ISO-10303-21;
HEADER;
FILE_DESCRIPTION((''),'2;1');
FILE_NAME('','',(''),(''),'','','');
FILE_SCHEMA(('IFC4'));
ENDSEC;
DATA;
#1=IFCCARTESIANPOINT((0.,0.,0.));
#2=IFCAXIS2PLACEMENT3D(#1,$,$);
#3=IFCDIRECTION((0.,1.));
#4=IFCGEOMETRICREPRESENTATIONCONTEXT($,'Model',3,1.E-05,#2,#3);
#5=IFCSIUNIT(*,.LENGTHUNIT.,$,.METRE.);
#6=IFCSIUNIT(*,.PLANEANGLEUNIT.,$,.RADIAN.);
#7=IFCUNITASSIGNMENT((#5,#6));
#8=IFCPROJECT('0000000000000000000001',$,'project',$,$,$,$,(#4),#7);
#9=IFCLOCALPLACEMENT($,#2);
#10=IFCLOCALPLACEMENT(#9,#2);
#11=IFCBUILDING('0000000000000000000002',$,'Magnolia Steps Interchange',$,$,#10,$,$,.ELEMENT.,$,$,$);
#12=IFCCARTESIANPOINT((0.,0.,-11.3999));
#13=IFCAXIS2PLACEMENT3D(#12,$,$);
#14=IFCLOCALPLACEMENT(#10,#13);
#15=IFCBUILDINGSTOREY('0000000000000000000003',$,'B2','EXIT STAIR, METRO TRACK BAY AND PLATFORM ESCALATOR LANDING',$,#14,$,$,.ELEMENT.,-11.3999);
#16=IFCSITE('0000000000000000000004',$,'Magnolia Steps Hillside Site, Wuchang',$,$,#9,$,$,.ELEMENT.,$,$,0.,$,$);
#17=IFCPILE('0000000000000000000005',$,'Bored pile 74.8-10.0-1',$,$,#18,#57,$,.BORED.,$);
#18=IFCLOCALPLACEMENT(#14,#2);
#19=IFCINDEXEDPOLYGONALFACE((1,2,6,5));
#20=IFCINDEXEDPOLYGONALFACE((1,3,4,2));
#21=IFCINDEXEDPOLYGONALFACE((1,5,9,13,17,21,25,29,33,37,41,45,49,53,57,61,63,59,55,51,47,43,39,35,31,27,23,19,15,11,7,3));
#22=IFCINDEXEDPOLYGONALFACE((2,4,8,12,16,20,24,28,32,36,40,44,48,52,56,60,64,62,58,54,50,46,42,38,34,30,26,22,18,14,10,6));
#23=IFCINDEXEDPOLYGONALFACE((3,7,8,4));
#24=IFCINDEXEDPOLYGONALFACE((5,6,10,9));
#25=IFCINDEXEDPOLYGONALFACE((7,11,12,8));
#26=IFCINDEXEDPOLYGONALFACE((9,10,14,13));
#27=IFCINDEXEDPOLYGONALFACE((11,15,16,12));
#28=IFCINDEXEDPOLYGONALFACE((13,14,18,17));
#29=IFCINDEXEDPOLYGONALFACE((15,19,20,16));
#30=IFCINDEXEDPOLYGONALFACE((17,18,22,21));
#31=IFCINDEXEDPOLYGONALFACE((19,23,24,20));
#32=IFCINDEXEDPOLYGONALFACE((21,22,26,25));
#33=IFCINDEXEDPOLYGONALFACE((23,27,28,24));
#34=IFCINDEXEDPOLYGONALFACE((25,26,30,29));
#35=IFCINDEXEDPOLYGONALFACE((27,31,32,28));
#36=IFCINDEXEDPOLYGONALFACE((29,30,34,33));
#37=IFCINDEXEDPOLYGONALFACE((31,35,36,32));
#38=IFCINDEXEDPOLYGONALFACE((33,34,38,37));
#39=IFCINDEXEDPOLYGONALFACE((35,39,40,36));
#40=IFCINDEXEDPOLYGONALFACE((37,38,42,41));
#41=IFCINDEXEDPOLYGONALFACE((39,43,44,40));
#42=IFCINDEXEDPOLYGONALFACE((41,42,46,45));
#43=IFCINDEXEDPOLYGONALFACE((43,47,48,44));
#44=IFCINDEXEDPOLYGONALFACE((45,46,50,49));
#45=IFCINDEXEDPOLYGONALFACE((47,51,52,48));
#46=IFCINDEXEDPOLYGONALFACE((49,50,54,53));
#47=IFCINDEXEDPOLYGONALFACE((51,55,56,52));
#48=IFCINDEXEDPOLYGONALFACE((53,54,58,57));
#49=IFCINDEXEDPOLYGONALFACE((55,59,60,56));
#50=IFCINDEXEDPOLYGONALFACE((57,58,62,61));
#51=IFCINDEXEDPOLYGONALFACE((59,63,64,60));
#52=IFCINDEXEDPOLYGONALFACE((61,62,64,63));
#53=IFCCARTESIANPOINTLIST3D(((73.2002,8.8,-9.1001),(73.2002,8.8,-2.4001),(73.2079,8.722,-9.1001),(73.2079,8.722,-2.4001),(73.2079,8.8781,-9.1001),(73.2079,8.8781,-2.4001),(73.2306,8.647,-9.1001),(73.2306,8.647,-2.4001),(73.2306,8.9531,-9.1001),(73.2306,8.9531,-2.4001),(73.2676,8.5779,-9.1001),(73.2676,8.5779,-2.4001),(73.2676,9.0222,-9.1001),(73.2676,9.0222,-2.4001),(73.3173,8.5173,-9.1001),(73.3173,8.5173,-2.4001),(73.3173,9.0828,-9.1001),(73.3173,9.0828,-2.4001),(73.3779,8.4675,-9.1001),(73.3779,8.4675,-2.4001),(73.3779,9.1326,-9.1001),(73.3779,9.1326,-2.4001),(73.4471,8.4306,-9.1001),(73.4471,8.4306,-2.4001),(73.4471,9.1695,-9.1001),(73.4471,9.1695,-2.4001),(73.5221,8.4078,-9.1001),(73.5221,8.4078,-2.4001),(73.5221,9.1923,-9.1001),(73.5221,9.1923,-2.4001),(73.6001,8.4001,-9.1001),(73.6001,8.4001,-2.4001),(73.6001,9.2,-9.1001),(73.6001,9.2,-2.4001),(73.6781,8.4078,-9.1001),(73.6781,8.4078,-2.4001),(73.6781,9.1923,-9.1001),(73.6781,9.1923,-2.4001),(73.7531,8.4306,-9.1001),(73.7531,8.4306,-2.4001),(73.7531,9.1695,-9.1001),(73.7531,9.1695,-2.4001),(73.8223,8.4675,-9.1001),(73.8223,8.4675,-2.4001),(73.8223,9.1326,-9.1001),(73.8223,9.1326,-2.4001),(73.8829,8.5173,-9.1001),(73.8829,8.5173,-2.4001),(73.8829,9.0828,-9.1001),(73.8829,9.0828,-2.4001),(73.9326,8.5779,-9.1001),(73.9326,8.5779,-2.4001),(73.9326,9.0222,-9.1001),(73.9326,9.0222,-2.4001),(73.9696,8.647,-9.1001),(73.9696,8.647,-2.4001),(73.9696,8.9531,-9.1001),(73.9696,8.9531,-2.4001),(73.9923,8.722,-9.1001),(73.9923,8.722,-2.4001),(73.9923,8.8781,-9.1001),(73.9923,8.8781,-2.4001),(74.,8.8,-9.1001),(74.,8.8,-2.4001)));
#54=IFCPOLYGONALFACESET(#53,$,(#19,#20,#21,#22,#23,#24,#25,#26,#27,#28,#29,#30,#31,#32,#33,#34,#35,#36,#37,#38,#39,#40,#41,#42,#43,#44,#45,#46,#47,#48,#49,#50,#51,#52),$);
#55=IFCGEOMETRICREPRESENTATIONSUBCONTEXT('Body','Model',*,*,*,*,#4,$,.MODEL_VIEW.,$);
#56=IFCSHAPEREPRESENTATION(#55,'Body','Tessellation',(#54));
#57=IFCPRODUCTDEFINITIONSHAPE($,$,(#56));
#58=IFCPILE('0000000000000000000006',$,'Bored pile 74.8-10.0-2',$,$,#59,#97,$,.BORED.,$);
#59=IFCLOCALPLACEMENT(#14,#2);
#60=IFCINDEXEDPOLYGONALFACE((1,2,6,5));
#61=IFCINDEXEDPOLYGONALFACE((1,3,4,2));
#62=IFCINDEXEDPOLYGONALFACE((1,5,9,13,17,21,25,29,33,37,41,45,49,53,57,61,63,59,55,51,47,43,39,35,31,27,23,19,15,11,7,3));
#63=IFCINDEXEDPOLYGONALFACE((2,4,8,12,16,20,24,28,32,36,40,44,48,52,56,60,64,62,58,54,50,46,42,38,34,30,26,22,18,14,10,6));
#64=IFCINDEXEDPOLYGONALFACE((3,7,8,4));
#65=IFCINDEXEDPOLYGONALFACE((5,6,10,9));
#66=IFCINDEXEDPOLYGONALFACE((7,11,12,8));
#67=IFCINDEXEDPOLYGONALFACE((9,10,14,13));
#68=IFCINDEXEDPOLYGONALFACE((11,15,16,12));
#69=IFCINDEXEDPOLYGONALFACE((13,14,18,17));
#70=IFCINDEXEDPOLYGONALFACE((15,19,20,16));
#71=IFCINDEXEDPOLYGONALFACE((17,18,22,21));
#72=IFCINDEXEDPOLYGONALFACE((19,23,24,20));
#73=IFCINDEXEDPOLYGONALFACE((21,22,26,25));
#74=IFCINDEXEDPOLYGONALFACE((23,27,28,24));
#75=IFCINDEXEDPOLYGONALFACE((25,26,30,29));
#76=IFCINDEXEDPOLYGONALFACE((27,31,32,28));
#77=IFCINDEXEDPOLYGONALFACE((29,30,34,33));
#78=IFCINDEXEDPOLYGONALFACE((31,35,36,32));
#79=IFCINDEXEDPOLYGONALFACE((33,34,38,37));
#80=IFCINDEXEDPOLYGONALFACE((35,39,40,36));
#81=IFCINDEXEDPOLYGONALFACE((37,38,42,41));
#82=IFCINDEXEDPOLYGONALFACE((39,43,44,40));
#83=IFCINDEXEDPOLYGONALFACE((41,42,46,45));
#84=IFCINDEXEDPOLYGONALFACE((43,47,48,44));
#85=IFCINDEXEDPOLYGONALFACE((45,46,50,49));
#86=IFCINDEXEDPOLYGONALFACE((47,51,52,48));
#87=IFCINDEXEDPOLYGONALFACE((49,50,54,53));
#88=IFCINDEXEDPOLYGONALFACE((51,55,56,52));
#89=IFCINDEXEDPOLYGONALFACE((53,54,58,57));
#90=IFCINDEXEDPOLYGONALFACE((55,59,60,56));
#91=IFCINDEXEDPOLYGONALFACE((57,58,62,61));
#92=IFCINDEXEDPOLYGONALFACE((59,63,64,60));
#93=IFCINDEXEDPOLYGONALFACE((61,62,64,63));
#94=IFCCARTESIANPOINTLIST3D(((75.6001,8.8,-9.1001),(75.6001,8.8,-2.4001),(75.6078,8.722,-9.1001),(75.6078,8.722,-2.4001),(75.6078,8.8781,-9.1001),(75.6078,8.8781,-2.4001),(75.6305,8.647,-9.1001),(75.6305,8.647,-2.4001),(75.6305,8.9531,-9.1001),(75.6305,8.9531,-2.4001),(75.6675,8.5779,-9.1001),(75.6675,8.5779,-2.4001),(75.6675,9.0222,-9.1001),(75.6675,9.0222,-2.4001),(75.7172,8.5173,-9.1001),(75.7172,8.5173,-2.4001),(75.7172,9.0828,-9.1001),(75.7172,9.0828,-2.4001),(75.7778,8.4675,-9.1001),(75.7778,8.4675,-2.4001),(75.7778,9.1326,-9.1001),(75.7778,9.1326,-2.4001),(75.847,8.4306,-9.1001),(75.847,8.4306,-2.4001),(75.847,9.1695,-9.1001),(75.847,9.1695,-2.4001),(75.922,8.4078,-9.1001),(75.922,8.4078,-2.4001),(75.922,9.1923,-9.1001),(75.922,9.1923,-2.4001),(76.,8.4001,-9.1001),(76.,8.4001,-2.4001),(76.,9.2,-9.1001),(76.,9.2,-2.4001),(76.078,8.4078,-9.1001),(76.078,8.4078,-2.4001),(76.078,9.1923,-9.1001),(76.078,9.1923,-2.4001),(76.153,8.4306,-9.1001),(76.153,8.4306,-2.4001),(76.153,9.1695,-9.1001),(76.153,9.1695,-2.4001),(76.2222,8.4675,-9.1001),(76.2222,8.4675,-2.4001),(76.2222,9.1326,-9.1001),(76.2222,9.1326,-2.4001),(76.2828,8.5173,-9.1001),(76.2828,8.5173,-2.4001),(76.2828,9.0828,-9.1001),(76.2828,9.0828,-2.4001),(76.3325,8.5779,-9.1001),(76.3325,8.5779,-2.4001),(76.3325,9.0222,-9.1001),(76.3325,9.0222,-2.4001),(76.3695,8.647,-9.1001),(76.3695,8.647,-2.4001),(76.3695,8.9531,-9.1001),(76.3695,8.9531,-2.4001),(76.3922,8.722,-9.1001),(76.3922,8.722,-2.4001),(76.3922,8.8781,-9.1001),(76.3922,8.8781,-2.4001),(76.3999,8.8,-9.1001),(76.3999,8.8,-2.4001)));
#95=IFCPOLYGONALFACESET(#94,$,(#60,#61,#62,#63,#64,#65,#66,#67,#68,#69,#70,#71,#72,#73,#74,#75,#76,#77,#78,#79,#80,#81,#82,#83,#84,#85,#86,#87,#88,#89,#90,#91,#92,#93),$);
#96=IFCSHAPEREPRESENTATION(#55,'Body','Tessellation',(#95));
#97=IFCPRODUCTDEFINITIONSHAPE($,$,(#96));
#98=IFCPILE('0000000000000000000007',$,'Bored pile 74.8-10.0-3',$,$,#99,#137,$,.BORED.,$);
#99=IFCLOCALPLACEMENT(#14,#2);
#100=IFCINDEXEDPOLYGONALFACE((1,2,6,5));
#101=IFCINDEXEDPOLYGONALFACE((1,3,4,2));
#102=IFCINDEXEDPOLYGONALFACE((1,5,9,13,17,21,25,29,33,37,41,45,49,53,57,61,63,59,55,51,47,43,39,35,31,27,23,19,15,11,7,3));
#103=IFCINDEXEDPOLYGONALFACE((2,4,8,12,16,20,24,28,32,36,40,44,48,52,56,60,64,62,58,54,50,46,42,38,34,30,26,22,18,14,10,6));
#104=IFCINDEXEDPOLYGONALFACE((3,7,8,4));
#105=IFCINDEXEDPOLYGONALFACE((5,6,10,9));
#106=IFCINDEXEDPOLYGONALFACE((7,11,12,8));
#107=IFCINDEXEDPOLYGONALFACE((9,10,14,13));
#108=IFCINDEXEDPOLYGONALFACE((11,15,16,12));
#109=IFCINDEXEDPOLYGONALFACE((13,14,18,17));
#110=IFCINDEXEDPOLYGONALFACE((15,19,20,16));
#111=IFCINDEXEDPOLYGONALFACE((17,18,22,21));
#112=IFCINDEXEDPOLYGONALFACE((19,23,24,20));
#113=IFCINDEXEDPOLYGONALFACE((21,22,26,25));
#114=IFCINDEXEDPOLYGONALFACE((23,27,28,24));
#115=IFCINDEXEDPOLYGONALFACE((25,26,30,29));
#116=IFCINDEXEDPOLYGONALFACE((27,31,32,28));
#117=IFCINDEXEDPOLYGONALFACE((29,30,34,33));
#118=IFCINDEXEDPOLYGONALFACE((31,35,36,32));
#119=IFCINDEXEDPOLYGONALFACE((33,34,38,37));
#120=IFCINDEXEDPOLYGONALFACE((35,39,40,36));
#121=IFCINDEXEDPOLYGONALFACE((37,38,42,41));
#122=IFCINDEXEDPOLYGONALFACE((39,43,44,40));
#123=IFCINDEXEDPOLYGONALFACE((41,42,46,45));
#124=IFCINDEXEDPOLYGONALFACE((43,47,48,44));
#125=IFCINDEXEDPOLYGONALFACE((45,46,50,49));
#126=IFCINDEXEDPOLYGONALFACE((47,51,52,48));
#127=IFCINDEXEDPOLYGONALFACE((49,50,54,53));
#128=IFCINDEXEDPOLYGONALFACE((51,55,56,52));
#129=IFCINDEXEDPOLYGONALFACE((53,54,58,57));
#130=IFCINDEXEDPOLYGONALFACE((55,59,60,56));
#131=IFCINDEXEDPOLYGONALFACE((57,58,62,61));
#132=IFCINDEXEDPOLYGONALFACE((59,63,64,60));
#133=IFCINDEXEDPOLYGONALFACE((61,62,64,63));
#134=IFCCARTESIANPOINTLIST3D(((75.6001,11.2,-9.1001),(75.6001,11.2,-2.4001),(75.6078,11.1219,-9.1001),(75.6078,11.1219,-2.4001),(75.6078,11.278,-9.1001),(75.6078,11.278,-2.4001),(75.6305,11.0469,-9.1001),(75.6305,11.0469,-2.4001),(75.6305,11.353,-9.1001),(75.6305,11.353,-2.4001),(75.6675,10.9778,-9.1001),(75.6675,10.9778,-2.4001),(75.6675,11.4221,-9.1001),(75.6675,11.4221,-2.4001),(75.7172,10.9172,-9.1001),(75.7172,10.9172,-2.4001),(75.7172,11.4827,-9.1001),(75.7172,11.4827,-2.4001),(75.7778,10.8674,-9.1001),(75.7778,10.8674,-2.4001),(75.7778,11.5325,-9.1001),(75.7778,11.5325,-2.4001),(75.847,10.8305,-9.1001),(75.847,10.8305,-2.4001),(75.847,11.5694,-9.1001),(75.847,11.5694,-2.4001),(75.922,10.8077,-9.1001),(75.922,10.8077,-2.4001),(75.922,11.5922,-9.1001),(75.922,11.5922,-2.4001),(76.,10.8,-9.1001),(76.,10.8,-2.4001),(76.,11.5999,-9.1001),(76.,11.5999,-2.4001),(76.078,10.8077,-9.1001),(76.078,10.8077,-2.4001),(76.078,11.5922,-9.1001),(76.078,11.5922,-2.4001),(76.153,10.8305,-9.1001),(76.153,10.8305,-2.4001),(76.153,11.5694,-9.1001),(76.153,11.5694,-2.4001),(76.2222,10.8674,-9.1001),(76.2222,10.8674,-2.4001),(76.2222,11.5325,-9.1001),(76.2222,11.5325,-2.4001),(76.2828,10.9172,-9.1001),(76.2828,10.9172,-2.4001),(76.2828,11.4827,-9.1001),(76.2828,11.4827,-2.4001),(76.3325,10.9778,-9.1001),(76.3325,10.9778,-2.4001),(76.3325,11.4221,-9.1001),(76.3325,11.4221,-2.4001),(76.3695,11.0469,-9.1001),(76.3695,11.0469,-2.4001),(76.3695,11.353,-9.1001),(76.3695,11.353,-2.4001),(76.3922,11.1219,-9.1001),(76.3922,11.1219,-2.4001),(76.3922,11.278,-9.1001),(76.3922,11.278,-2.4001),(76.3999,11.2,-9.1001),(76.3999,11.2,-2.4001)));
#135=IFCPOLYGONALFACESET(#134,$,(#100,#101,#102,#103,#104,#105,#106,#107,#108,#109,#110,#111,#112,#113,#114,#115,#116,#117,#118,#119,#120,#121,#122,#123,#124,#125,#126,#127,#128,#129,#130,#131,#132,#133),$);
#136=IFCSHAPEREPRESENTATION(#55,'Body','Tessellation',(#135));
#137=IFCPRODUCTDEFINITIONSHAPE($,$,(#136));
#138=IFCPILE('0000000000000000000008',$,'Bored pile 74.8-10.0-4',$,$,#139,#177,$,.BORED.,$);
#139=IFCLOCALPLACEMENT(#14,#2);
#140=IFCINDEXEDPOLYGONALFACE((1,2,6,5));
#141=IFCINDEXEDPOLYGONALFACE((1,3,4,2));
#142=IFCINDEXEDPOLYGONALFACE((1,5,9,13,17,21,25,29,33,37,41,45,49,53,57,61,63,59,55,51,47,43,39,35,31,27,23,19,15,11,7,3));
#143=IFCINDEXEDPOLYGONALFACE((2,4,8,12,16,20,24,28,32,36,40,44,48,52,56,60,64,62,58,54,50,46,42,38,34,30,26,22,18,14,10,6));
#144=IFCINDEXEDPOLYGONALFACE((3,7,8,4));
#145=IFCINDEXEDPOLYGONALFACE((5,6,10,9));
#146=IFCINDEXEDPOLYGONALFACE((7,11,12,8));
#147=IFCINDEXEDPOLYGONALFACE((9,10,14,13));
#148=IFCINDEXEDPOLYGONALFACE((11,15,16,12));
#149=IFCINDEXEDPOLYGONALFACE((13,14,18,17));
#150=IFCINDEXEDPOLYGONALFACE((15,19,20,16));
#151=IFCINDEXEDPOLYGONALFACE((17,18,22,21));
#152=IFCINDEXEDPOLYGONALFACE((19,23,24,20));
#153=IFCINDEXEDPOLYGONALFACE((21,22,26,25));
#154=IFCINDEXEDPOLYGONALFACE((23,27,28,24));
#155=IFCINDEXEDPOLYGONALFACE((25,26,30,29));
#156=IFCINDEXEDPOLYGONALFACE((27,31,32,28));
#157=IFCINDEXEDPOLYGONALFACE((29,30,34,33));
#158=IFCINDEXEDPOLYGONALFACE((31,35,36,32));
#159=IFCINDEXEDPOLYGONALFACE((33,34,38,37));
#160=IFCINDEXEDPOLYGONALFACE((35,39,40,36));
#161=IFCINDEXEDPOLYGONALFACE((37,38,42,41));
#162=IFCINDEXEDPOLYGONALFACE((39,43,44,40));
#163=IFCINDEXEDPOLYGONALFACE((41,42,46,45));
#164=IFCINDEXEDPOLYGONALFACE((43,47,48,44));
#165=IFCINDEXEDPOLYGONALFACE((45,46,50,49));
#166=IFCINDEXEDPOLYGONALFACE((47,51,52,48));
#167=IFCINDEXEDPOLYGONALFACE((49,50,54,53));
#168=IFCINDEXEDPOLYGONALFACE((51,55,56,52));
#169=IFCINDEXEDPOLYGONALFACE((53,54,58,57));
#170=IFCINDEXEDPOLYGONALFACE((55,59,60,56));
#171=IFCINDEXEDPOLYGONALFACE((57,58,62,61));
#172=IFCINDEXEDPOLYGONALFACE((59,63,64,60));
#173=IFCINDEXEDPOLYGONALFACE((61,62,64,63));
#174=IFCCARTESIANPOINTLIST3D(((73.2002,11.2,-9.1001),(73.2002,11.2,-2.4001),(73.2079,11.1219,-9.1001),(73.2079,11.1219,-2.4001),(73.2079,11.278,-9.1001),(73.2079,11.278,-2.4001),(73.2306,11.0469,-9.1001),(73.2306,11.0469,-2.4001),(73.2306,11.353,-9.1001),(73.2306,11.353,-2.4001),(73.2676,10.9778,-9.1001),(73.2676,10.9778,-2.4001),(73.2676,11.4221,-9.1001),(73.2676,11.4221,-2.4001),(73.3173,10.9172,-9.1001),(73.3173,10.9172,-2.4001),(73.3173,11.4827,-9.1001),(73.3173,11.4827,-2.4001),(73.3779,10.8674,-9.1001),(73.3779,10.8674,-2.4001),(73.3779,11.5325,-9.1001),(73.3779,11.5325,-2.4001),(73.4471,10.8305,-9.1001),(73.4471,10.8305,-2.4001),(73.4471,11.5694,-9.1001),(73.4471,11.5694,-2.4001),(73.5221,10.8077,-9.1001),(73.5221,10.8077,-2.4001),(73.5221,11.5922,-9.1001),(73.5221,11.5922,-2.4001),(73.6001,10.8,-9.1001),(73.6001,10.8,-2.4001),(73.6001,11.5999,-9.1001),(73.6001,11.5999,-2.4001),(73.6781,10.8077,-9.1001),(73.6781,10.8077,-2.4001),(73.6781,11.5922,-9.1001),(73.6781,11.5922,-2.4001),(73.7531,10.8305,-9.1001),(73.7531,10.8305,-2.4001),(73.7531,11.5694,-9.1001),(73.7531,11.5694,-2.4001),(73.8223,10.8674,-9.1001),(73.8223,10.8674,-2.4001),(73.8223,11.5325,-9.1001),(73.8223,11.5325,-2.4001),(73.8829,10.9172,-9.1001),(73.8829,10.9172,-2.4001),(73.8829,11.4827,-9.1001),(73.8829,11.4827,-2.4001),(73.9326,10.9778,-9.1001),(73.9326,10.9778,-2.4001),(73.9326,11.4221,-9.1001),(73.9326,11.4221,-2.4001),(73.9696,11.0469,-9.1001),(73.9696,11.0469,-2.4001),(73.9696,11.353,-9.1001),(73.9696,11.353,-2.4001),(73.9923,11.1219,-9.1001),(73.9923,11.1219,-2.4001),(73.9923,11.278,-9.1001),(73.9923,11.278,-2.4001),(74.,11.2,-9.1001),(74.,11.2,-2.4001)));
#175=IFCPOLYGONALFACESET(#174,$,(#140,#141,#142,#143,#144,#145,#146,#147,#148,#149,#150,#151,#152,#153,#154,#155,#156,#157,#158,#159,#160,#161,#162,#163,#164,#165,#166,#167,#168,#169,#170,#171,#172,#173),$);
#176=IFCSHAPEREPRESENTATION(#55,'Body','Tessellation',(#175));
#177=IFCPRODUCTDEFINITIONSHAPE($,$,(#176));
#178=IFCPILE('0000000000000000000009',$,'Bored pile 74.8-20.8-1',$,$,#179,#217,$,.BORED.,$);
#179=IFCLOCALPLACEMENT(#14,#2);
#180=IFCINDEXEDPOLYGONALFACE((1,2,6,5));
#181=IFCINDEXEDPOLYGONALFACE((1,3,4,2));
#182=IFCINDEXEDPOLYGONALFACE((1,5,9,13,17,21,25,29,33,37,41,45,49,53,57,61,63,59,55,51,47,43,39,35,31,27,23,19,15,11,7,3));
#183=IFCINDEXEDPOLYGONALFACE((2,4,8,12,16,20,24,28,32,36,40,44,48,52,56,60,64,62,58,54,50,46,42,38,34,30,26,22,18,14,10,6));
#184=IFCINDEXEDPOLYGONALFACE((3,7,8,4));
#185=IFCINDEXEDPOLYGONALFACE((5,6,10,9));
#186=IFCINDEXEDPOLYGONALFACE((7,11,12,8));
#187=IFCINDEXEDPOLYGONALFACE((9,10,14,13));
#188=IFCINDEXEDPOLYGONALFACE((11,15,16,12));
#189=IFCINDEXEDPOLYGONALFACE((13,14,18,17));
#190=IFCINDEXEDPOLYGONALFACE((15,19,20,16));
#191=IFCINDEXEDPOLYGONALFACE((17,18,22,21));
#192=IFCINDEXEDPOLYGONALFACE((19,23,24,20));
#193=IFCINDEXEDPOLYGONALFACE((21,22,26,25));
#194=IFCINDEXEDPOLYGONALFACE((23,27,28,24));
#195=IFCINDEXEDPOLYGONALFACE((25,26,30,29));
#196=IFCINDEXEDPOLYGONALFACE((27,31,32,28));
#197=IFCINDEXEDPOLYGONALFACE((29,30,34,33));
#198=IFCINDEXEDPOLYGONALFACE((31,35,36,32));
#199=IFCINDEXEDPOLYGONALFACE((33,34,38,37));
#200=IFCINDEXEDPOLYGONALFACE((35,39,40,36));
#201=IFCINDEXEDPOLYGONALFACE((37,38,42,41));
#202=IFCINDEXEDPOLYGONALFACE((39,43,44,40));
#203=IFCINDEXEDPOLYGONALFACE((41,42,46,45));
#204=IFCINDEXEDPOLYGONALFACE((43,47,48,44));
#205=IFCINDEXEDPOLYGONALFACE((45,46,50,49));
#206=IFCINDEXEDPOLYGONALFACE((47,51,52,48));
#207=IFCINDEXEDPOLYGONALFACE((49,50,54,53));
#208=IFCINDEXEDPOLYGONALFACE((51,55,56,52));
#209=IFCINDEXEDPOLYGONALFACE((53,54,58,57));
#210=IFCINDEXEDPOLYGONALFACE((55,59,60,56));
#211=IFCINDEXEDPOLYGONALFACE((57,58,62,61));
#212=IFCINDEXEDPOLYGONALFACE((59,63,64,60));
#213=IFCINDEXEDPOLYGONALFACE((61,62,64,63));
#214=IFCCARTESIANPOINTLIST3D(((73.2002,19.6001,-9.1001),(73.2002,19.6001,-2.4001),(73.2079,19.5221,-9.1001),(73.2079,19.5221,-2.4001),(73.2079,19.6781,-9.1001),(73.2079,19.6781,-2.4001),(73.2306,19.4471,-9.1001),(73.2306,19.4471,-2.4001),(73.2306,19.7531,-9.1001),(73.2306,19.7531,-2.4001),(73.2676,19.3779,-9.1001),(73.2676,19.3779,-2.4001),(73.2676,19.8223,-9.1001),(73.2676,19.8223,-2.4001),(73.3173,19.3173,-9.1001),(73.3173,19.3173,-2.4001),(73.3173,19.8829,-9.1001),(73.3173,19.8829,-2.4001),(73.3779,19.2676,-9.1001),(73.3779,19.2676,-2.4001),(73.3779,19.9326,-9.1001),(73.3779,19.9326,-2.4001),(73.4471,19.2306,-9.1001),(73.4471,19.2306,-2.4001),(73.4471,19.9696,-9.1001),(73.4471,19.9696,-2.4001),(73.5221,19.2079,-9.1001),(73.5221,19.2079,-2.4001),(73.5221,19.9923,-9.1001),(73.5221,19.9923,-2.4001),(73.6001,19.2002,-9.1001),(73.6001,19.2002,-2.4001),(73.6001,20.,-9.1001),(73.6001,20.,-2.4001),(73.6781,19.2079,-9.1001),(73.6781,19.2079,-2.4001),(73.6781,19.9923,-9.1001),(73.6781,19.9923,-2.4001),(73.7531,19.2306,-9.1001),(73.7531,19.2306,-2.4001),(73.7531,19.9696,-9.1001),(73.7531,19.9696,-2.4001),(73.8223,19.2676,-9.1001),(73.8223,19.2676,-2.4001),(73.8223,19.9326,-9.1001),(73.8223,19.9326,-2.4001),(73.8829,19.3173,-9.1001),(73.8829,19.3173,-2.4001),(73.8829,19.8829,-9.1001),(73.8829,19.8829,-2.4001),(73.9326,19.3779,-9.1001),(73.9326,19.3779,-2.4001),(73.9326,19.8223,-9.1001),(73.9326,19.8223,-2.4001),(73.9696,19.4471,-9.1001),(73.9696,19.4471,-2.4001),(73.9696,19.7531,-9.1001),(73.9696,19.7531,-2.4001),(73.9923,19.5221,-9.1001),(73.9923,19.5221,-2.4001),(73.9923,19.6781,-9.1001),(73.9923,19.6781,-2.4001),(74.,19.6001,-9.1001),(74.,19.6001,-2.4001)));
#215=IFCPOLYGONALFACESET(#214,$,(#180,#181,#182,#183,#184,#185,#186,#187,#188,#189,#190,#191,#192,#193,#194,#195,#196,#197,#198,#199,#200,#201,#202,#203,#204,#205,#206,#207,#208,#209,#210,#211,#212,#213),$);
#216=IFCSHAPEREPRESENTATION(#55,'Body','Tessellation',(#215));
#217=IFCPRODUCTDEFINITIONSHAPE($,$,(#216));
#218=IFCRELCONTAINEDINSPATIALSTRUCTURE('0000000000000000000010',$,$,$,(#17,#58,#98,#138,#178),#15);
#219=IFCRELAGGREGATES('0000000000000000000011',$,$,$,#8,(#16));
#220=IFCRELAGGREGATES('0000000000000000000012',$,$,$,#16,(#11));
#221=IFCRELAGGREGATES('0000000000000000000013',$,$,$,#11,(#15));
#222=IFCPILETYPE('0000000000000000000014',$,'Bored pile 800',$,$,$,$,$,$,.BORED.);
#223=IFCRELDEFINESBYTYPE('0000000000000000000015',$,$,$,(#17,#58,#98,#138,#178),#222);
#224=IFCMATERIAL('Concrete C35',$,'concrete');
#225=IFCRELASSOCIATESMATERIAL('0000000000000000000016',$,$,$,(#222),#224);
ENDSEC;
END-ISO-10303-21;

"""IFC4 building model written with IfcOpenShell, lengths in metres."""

from ifc_helpers import new_model, si_unit, direction, frame, origin, origin_2d, place, context, subcontext, project, spatial, circle, extrude, material, material_profile, profile_set, type_object, element, save


model = new_model("IFC4")

# Units and contexts
model_context = context("Model", 3, precision=1e-05, world=origin(), true_north=direction((0.0, 1.0)))
body_context = subcontext(model_context, "Body", "Model", "MODEL_VIEW")
ifc_project = project(units=[si_unit("LENGTHUNIT", "METRE"), si_unit("PLANEANGLEUNIT", "RADIAN")], contexts=[model_context])

# Site, building, storey
site_placement = place(None, origin())
site = spatial("IfcSite", under=ifc_project, at=site_placement, Name="Magnolia Steps Hillside Site, Wuchang", CompositionType="ELEMENT", RefElevation=0.0)
building_placement = place(site_placement, origin())
building = spatial("IfcBuilding", under=site, at=building_placement, Name="Magnolia Steps Interchange", CompositionType="ELEMENT")
storey_placement = place(building_placement, frame((0.0, 0.0, -11.3999)))
storey = spatial("IfcBuildingStorey", under=building, at=storey_placement, Name="B2", Description="EXIT STAIR, METRO TRACK BAY AND PLATFORM ESCALATOR LANDING", CompositionType="ELEMENT", Elevation=-11.3999)

# Piles
ifc_material_1 = material(Name="Concrete C35", Category="concrete")
ifc_material_profile_1 = material_profile(ifc_material_1, circle(Radius=0.3999, at=origin_2d()), Name="Bored pile 800")
ifc_profile_set_1 = profile_set([ifc_material_profile_1], Name="Concrete C35")
pile_type = type_object("IfcPileType", Name="Bored pile 800", PredefinedType="BORED", material=ifc_profile_set_1)
for number, where, z_axis, x_axis, name in (
    (1, (73.6001, 8.8, -2.4001), (0.0, 0.0, -1.0), (1.0, 0.0, 0.0), "Bored pile 74.8-10.0-1"),
    (2, (76.0, 8.8, -2.4001), (0.0, 0.0, -1.0), (1.0, 0.0, 0.0), "Bored pile 74.8-10.0-2"),
    (3, (76.0, 11.2, -2.4001), (0.0, 0.0, -1.0), (1.0, 0.0, 0.0), "Bored pile 74.8-10.0-3"),
    (4, (73.6001, 11.2, -2.4001), (0.0, 0.0, -1.0), (1.0, 0.0, 0.0), "Bored pile 74.8-10.0-4"),
    (5, (73.6001, 19.6001, -2.4001), (0.0, 0.0, -1.0), (1.0, 0.0, 0.0), "Bored pile 74.8-20.8-1"),
):
    element("IfcPile", number, at=place(storey_placement, frame(where, z_axis=z_axis, x_axis=x_axis)), inside=storey, type_object=pile_type, Name=name, PredefinedType="BORED", context=body_context, shape_type="SweptSolid", body=[
        extrude(circle(Radius=0.3999, at=origin_2d()), origin(), (0.0, 0.0, 1.0), 6.7),
    ])

save(model, "model.ifc")
